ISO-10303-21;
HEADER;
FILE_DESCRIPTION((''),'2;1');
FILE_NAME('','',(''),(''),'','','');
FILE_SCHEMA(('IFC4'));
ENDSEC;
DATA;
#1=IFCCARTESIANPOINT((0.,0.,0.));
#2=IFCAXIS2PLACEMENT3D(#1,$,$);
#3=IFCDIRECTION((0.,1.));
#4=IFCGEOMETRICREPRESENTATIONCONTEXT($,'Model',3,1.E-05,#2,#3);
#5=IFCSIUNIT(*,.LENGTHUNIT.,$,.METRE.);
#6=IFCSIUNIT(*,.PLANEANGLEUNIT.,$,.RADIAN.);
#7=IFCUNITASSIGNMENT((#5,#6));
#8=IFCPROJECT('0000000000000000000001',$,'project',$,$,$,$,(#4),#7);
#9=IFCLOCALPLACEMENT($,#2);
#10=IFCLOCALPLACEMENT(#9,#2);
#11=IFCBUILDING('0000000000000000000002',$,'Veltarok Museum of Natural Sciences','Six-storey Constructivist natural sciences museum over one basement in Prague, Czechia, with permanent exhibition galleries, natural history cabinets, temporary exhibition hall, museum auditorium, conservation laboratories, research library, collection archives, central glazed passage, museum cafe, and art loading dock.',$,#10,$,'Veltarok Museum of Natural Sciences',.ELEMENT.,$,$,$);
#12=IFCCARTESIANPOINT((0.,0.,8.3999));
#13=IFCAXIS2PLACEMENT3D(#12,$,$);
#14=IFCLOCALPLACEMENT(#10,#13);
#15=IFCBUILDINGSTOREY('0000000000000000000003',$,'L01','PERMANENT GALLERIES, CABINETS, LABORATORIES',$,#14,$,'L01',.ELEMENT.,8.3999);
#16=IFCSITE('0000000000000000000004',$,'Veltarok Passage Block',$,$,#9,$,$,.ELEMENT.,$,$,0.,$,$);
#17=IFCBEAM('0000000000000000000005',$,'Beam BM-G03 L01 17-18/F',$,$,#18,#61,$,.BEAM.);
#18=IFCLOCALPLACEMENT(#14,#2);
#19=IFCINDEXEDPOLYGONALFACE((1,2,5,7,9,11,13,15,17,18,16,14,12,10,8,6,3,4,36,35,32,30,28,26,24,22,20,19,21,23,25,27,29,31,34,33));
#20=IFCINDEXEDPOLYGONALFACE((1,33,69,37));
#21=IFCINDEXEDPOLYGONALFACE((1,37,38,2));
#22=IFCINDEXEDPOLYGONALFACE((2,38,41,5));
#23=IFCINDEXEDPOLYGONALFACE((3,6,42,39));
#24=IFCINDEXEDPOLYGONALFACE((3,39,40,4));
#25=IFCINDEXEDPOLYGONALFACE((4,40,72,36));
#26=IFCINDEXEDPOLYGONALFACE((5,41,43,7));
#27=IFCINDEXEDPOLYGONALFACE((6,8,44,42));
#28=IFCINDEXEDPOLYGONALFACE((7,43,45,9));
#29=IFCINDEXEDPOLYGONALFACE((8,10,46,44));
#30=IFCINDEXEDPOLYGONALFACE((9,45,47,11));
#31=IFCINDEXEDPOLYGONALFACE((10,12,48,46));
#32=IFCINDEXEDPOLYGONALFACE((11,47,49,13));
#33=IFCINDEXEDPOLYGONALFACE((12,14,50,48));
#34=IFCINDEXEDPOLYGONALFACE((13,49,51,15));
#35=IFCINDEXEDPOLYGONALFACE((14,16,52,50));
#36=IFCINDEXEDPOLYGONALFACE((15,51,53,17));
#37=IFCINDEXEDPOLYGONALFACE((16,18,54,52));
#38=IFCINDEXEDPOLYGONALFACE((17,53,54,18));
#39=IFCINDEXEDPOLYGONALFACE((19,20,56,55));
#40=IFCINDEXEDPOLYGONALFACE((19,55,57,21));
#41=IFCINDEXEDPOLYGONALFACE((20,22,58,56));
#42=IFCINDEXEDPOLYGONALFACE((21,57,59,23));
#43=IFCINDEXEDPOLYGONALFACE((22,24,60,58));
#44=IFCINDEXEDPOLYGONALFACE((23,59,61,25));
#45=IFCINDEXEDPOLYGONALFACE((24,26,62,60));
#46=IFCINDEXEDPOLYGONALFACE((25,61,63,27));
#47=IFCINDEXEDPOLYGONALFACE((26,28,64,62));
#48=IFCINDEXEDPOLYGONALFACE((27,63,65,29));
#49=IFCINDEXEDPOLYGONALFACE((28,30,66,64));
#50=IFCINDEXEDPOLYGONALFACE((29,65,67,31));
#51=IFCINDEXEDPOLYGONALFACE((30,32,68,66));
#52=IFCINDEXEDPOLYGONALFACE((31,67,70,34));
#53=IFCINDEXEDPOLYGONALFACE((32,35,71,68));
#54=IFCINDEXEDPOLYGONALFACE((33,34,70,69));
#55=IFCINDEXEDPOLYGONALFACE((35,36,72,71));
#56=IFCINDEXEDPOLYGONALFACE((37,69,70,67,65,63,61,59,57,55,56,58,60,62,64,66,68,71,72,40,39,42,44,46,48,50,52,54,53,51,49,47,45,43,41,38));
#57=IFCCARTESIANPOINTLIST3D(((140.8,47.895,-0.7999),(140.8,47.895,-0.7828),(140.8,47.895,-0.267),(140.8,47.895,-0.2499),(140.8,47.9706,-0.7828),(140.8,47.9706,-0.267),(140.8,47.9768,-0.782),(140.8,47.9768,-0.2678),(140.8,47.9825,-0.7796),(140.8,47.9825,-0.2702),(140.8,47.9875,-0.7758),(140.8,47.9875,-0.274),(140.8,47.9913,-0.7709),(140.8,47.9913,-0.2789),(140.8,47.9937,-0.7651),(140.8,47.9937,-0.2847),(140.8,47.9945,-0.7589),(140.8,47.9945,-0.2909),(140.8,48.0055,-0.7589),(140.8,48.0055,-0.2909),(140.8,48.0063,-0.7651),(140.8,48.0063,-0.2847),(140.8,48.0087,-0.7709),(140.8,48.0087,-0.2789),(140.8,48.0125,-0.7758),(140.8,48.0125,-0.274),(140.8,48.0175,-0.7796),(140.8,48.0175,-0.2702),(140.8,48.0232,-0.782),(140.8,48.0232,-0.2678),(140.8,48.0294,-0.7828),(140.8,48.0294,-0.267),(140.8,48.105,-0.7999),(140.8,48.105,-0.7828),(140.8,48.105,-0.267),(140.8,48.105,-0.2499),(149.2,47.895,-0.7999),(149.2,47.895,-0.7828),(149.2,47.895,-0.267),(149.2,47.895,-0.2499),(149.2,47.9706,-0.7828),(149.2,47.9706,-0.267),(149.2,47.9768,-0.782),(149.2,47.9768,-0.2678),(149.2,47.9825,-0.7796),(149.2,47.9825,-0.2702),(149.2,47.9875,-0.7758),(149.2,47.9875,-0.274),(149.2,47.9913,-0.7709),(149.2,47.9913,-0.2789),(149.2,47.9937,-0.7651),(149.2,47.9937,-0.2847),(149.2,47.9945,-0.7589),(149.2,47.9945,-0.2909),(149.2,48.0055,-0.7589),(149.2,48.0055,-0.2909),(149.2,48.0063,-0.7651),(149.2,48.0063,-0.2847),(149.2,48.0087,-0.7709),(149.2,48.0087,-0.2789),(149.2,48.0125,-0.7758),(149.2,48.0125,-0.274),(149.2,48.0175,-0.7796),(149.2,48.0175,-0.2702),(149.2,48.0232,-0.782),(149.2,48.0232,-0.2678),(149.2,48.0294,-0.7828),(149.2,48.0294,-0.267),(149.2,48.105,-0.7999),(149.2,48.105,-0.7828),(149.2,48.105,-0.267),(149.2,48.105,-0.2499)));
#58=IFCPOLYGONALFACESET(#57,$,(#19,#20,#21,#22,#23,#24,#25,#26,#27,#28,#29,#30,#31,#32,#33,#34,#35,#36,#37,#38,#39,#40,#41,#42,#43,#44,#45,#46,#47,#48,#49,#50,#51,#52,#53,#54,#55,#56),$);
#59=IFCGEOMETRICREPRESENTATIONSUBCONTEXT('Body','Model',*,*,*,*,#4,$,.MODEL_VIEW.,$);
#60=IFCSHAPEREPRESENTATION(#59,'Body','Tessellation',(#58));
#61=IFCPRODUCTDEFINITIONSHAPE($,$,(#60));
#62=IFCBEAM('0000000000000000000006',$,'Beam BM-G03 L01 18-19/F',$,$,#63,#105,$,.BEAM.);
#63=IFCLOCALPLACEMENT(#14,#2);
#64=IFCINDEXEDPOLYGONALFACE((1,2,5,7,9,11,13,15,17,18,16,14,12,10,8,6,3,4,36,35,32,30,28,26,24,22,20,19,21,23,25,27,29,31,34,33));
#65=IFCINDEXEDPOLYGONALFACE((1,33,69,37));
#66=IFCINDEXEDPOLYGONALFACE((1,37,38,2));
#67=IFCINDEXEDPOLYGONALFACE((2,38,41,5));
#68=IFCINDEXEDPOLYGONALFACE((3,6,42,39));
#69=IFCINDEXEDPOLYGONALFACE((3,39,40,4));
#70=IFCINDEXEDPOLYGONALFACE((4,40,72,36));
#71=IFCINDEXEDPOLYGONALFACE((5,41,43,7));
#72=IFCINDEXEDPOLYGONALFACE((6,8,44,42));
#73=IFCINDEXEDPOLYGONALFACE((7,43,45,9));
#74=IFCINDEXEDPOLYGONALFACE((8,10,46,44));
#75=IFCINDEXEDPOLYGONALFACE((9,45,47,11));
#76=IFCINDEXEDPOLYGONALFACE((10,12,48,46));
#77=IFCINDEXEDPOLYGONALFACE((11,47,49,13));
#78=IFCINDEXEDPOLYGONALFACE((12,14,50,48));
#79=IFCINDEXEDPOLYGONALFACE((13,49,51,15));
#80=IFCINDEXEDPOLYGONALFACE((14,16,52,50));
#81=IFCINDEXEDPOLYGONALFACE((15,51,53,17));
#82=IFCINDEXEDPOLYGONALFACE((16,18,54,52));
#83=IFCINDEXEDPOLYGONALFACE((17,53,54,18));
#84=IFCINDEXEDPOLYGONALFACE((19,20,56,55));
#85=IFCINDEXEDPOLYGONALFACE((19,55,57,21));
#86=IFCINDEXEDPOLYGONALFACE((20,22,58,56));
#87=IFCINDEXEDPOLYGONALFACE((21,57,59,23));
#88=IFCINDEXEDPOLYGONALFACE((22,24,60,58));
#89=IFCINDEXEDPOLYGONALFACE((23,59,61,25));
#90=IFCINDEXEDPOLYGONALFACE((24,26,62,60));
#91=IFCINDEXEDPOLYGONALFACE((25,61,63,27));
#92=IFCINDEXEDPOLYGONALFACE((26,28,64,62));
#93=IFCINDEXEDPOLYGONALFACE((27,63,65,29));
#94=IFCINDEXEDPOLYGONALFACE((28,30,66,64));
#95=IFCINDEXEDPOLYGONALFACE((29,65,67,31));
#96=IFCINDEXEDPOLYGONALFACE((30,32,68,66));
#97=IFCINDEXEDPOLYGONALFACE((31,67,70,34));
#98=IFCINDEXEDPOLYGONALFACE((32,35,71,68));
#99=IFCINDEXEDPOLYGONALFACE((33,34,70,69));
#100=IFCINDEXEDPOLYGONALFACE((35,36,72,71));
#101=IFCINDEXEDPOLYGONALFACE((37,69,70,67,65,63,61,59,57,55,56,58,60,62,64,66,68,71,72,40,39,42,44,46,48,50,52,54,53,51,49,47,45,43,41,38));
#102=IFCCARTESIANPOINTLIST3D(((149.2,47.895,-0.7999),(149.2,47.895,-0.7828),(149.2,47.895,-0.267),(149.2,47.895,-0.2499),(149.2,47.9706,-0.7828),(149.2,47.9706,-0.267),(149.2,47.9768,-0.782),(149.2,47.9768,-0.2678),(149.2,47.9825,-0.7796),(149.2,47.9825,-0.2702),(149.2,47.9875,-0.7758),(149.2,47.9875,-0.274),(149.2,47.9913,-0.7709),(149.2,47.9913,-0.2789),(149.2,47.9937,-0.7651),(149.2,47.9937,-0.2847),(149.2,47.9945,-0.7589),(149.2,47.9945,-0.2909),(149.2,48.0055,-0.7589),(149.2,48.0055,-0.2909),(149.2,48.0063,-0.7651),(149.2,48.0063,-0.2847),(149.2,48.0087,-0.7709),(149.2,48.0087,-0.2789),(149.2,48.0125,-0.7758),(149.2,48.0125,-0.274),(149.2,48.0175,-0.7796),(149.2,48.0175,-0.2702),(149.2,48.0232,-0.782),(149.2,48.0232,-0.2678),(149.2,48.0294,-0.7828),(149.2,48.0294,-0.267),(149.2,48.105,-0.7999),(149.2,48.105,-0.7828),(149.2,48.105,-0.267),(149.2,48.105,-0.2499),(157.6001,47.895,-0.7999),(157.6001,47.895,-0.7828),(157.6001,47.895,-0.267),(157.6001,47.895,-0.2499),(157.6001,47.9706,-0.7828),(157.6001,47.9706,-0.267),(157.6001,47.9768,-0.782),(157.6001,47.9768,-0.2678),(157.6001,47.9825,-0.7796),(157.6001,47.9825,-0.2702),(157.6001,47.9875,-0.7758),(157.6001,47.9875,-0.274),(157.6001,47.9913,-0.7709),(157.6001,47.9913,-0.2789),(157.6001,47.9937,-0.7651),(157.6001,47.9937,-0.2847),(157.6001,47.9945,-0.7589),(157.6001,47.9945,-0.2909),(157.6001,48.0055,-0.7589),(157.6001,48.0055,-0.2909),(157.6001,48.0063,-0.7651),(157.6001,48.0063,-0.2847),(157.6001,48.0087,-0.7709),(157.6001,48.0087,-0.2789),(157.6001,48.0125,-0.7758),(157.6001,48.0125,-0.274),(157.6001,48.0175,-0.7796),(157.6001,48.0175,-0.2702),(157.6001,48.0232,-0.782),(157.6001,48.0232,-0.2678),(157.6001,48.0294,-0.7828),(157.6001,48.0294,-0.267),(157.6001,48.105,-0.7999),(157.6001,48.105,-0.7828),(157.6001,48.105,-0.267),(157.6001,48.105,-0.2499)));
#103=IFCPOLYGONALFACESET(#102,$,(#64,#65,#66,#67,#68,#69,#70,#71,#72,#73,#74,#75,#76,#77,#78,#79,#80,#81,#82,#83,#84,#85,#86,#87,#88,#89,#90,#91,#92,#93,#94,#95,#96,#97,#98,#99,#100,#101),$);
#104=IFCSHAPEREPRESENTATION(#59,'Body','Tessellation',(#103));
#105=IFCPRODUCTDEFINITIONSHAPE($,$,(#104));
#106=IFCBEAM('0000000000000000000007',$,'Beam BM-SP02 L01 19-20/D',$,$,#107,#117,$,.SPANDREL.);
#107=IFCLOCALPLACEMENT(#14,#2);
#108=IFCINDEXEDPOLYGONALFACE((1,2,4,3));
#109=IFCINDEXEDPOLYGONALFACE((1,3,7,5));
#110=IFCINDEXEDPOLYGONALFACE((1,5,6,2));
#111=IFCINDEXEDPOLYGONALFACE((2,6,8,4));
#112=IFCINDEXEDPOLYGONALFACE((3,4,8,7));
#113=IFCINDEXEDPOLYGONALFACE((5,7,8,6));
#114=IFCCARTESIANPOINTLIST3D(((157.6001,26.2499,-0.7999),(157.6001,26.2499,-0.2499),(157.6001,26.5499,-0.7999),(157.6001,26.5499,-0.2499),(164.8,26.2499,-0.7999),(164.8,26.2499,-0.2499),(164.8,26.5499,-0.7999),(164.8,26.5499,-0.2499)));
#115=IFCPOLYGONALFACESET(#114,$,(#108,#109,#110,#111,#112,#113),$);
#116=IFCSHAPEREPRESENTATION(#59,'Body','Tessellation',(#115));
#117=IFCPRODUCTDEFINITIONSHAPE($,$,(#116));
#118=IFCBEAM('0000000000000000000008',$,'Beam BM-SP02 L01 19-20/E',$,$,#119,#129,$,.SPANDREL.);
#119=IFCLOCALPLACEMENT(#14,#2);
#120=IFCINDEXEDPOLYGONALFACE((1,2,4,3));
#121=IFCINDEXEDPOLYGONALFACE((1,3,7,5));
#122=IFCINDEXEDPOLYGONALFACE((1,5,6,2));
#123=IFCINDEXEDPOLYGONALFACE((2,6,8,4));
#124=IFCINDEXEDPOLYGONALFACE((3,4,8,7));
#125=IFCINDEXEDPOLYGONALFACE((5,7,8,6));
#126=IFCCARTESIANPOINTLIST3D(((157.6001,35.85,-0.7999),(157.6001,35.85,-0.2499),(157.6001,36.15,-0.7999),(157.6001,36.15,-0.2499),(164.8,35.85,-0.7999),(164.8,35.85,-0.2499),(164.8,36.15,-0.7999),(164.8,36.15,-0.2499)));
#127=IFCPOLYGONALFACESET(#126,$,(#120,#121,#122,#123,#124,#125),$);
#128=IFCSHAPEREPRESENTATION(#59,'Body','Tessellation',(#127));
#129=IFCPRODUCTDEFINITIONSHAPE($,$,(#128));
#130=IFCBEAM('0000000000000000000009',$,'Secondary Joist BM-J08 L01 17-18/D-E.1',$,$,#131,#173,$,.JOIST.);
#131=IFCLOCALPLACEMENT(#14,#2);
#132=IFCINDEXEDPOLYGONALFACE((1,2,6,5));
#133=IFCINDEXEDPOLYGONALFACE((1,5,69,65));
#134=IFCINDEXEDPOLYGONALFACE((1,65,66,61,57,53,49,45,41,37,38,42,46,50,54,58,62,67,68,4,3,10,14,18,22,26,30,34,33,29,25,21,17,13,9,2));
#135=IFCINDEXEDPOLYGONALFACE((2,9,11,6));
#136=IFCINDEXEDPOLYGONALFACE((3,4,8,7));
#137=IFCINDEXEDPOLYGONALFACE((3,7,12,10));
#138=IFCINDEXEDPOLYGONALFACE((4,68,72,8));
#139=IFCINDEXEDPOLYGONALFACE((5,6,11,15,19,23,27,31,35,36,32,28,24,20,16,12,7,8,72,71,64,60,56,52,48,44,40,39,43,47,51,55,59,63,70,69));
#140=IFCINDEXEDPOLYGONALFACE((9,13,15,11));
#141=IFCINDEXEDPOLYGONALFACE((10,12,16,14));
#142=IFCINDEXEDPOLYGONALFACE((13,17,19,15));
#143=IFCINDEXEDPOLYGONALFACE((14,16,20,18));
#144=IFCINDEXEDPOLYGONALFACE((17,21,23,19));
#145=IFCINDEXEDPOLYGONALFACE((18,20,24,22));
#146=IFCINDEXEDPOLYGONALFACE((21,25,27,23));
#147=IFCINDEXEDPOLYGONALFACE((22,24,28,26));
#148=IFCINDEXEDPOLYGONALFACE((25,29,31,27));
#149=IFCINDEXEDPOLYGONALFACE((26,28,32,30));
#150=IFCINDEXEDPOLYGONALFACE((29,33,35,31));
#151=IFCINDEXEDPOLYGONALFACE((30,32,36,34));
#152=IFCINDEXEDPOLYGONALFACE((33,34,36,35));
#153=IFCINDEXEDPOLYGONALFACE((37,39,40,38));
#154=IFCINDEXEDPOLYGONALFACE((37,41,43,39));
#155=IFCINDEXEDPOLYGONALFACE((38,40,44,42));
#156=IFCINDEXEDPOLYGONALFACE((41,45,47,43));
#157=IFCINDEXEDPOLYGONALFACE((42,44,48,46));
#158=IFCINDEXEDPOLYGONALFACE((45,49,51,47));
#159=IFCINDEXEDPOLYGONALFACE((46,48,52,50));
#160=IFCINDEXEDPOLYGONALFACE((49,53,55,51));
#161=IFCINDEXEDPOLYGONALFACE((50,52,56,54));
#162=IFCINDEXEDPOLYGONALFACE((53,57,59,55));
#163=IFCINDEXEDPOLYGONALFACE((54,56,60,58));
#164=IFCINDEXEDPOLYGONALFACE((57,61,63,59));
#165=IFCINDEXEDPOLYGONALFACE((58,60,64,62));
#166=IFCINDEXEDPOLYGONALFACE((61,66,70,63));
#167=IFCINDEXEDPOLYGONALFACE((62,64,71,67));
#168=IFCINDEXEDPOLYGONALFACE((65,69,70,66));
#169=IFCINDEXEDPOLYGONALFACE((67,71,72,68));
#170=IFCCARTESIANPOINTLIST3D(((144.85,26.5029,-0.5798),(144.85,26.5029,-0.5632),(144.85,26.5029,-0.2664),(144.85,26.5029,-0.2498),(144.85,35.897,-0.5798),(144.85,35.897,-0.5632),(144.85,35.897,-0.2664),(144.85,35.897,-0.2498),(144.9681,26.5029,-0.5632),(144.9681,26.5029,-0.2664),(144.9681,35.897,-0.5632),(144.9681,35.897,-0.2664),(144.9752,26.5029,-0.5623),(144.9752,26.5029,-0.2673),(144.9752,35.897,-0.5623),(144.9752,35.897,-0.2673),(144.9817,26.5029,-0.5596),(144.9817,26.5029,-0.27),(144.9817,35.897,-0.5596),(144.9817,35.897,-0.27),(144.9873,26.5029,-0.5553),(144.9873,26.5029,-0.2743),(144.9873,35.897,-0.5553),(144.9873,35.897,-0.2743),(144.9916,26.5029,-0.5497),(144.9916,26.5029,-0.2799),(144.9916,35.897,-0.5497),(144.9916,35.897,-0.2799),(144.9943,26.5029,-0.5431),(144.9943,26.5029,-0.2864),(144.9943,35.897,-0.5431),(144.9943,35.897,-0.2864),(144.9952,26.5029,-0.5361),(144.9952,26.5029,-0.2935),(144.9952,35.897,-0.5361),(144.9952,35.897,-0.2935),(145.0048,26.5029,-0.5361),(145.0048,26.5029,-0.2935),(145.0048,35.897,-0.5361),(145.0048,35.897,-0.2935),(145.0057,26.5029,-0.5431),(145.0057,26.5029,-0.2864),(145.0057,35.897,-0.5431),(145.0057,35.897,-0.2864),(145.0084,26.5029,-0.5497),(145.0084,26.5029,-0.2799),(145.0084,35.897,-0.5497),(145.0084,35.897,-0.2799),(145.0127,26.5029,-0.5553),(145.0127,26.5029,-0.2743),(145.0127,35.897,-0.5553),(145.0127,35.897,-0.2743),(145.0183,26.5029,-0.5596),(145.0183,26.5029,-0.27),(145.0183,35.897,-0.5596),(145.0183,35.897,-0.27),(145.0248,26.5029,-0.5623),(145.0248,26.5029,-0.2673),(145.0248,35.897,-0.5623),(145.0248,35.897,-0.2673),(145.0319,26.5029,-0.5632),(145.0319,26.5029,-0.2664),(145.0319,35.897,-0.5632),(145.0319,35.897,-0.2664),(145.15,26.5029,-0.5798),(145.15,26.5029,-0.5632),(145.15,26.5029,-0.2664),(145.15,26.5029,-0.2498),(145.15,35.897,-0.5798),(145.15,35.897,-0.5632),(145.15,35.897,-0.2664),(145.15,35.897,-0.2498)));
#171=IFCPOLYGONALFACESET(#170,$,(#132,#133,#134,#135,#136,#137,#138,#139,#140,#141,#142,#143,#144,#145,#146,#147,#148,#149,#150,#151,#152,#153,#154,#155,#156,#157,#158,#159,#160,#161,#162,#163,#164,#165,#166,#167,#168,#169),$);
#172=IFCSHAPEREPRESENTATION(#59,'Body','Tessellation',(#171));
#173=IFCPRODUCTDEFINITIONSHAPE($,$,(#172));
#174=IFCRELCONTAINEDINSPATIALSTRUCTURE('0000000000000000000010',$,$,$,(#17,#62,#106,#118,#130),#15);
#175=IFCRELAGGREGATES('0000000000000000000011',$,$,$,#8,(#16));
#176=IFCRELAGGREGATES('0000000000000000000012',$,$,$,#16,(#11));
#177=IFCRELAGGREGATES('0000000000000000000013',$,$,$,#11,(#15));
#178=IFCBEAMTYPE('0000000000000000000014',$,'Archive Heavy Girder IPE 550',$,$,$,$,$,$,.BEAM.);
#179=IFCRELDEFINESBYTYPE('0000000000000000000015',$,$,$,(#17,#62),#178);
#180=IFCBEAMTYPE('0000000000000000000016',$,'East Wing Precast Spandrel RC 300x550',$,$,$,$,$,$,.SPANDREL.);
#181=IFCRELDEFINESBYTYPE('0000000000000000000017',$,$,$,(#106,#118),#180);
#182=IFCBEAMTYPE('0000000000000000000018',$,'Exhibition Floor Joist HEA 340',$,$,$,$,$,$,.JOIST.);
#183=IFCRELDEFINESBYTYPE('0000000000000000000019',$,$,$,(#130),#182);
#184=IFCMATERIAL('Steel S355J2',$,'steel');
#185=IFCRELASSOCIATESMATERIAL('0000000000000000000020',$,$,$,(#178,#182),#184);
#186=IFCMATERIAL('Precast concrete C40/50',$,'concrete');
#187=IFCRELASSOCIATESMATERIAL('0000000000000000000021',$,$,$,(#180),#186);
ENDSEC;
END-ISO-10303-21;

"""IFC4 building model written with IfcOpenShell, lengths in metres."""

from ifc_helpers import new_model, si_unit, direction, frame, origin, origin_2d, place, context, subcontext, project, spatial, rectangle, i_section, extrude, material, material_profile, profile_set, type_object, element, save


model = new_model("IFC4")

# Units and contexts
model_context = context("Model", 3, precision=1e-05, world=origin(), true_north=direction((0.0, 1.0)))
body_context = subcontext(model_context, "Body", "Model", "MODEL_VIEW")
ifc_project = project(units=[si_unit("LENGTHUNIT", "METRE"), si_unit("PLANEANGLEUNIT", "RADIAN")], contexts=[model_context])

# Site, building, storey
site_placement = place(None, origin())
site = spatial("IfcSite", under=ifc_project, at=site_placement, Name="Veltarok Passage Block", CompositionType="ELEMENT", RefElevation=0.0)
building_placement = place(site_placement, origin())
building = spatial("IfcBuilding", under=site, at=building_placement, Name="Veltarok Museum of Natural Sciences", Description="Six-storey Constructivist natural sciences museum over one basement in Prague, Czechia, with permanent exhibition galleries, natural history cabinets, temporary exhibition hall, museum auditorium, conservation laboratories, research library, collection archives, central glazed passage, museum cafe, and art loading dock.", LongName="Veltarok Museum of Natural Sciences", CompositionType="ELEMENT")
storey_placement = place(building_placement, frame((0.0, 0.0, 8.3999)))
storey = spatial("IfcBuildingStorey", under=building, at=storey_placement, Name="L01", Description="PERMANENT GALLERIES, CABINETS, LABORATORIES", LongName="L01", CompositionType="ELEMENT", Elevation=8.3999)

# Beams
ifc_material_1 = material(Name="Steel S355J2", Category="steel")
ifc_material_profile_1 = material_profile(ifc_material_1, i_section(OverallWidth=0.21, OverallDepth=0.55, WebThickness=0.011, FlangeThickness=0.0171, FilletRadius=0.0239, at=origin_2d()), Name="IPE 550")
ifc_profile_set_1 = profile_set([ifc_material_profile_1], Name="Steel S355J2")
beam_type_1 = type_object("IfcBeamType", Name="Archive Heavy Girder IPE 550", PredefinedType="BEAM", material=ifc_profile_set_1)
beam_1_placement = place(storey_placement, frame((140.8, 48.0, -0.5249), z_axis=(1.0, 0.0, 0.0), x_axis=(0.0, 1.0, 0.0)))
element("IfcBeam", 1, at=beam_1_placement, inside=storey, type_object=beam_type_1, Name="Beam BM-G03 L01 17-18/F", PredefinedType="BEAM", context=body_context, shape_type="SweptSolid", body=[
    extrude(i_section(OverallWidth=0.21, OverallDepth=0.55, WebThickness=0.011, FlangeThickness=0.0171, FilletRadius=0.0239, at=origin_2d()), origin(), (0.0, 0.0, 1.0), 8.3999),
])
beam_2_placement = place(storey_placement, frame((149.2, 48.0, -0.5249), z_axis=(1.0, 0.0, 0.0), x_axis=(0.0, 1.0, 0.0)))
element("IfcBeam", 2, at=beam_2_placement, inside=storey, type_object=beam_type_1, Name="Beam BM-G03 L01 18-19/F", PredefinedType="BEAM", context=body_context, shape_type="SweptSolid", body=[
    extrude(i_section(OverallWidth=0.21, OverallDepth=0.55, WebThickness=0.011, FlangeThickness=0.0171, FilletRadius=0.0239, at=origin_2d()), origin(), (0.0, 0.0, 1.0), 8.4001),
])
ifc_material_2 = material(Name="Precast concrete C40/50", Category="concrete")
ifc_material_profile_2 = material_profile(ifc_material_2, rectangle(XDim=0.3, YDim=0.55, at=origin_2d()), Name="RC 300x550")
ifc_profile_set_2 = profile_set([ifc_material_profile_2], Name="Precast concrete C40/50")
beam_type_2 = type_object("IfcBeamType", Name="East Wing Precast Spandrel RC 300x550", PredefinedType="SPANDREL", material=ifc_profile_set_2)
for number, where, z_axis, x_axis, name in (
    (3, (157.6001, 26.3999, -0.5249), (1.0, 0.0, 0.0), (0.0, 1.0, 0.0), "Beam BM-SP02 L01 19-20/D"),
    (4, (157.6001, 36.0, -0.5249), (1.0, 0.0, 0.0), (0.0, 1.0, 0.0), "Beam BM-SP02 L01 19-20/E"),
):
    element("IfcBeam", number, at=place(storey_placement, frame(where, z_axis=z_axis, x_axis=x_axis)), inside=storey, type_object=beam_type_2, Name=name, PredefinedType="SPANDREL", context=body_context, shape_type="SweptSolid", body=[
        extrude(rectangle(XDim=0.3, YDim=0.55, at=origin_2d()), origin(), (0.0, 0.0, 1.0), 7.2),
    ])
ifc_material_profile_3 = material_profile(ifc_material_1, i_section(OverallWidth=0.3, OverallDepth=0.3301, WebThickness=0.0095, FlangeThickness=0.0166, FilletRadius=0.0271, at=origin_2d()), Name="HEA 340")
ifc_profile_set_3 = profile_set([ifc_material_profile_3], Name="Steel S355J2")
beam_type_3 = type_object("IfcBeamType", Name="Exhibition Floor Joist HEA 340", PredefinedType="JOIST", material=ifc_profile_set_3)
for number, where, z_axis, x_axis, name in (
    (5, (145.0, 26.5029, -0.4148), (0.0, 1.0, 0.0), (-1.0, 0.0, 0.0), "Secondary Joist BM-J08 L01 17-18/D-E.1"),
):
    element("IfcBeam", number, at=place(storey_placement, frame(where, z_axis=z_axis, x_axis=x_axis)), inside=storey, type_object=beam_type_3, Name=name, PredefinedType="JOIST", context=body_context, shape_type="SweptSolid", body=[
        extrude(i_section(OverallWidth=0.3, OverallDepth=0.3301, WebThickness=0.0095, FlangeThickness=0.0166, FilletRadius=0.0271, at=origin_2d()), origin(), (0.0, 0.0, 1.0), 9.394),
    ])

save(model, "model.ifc")
